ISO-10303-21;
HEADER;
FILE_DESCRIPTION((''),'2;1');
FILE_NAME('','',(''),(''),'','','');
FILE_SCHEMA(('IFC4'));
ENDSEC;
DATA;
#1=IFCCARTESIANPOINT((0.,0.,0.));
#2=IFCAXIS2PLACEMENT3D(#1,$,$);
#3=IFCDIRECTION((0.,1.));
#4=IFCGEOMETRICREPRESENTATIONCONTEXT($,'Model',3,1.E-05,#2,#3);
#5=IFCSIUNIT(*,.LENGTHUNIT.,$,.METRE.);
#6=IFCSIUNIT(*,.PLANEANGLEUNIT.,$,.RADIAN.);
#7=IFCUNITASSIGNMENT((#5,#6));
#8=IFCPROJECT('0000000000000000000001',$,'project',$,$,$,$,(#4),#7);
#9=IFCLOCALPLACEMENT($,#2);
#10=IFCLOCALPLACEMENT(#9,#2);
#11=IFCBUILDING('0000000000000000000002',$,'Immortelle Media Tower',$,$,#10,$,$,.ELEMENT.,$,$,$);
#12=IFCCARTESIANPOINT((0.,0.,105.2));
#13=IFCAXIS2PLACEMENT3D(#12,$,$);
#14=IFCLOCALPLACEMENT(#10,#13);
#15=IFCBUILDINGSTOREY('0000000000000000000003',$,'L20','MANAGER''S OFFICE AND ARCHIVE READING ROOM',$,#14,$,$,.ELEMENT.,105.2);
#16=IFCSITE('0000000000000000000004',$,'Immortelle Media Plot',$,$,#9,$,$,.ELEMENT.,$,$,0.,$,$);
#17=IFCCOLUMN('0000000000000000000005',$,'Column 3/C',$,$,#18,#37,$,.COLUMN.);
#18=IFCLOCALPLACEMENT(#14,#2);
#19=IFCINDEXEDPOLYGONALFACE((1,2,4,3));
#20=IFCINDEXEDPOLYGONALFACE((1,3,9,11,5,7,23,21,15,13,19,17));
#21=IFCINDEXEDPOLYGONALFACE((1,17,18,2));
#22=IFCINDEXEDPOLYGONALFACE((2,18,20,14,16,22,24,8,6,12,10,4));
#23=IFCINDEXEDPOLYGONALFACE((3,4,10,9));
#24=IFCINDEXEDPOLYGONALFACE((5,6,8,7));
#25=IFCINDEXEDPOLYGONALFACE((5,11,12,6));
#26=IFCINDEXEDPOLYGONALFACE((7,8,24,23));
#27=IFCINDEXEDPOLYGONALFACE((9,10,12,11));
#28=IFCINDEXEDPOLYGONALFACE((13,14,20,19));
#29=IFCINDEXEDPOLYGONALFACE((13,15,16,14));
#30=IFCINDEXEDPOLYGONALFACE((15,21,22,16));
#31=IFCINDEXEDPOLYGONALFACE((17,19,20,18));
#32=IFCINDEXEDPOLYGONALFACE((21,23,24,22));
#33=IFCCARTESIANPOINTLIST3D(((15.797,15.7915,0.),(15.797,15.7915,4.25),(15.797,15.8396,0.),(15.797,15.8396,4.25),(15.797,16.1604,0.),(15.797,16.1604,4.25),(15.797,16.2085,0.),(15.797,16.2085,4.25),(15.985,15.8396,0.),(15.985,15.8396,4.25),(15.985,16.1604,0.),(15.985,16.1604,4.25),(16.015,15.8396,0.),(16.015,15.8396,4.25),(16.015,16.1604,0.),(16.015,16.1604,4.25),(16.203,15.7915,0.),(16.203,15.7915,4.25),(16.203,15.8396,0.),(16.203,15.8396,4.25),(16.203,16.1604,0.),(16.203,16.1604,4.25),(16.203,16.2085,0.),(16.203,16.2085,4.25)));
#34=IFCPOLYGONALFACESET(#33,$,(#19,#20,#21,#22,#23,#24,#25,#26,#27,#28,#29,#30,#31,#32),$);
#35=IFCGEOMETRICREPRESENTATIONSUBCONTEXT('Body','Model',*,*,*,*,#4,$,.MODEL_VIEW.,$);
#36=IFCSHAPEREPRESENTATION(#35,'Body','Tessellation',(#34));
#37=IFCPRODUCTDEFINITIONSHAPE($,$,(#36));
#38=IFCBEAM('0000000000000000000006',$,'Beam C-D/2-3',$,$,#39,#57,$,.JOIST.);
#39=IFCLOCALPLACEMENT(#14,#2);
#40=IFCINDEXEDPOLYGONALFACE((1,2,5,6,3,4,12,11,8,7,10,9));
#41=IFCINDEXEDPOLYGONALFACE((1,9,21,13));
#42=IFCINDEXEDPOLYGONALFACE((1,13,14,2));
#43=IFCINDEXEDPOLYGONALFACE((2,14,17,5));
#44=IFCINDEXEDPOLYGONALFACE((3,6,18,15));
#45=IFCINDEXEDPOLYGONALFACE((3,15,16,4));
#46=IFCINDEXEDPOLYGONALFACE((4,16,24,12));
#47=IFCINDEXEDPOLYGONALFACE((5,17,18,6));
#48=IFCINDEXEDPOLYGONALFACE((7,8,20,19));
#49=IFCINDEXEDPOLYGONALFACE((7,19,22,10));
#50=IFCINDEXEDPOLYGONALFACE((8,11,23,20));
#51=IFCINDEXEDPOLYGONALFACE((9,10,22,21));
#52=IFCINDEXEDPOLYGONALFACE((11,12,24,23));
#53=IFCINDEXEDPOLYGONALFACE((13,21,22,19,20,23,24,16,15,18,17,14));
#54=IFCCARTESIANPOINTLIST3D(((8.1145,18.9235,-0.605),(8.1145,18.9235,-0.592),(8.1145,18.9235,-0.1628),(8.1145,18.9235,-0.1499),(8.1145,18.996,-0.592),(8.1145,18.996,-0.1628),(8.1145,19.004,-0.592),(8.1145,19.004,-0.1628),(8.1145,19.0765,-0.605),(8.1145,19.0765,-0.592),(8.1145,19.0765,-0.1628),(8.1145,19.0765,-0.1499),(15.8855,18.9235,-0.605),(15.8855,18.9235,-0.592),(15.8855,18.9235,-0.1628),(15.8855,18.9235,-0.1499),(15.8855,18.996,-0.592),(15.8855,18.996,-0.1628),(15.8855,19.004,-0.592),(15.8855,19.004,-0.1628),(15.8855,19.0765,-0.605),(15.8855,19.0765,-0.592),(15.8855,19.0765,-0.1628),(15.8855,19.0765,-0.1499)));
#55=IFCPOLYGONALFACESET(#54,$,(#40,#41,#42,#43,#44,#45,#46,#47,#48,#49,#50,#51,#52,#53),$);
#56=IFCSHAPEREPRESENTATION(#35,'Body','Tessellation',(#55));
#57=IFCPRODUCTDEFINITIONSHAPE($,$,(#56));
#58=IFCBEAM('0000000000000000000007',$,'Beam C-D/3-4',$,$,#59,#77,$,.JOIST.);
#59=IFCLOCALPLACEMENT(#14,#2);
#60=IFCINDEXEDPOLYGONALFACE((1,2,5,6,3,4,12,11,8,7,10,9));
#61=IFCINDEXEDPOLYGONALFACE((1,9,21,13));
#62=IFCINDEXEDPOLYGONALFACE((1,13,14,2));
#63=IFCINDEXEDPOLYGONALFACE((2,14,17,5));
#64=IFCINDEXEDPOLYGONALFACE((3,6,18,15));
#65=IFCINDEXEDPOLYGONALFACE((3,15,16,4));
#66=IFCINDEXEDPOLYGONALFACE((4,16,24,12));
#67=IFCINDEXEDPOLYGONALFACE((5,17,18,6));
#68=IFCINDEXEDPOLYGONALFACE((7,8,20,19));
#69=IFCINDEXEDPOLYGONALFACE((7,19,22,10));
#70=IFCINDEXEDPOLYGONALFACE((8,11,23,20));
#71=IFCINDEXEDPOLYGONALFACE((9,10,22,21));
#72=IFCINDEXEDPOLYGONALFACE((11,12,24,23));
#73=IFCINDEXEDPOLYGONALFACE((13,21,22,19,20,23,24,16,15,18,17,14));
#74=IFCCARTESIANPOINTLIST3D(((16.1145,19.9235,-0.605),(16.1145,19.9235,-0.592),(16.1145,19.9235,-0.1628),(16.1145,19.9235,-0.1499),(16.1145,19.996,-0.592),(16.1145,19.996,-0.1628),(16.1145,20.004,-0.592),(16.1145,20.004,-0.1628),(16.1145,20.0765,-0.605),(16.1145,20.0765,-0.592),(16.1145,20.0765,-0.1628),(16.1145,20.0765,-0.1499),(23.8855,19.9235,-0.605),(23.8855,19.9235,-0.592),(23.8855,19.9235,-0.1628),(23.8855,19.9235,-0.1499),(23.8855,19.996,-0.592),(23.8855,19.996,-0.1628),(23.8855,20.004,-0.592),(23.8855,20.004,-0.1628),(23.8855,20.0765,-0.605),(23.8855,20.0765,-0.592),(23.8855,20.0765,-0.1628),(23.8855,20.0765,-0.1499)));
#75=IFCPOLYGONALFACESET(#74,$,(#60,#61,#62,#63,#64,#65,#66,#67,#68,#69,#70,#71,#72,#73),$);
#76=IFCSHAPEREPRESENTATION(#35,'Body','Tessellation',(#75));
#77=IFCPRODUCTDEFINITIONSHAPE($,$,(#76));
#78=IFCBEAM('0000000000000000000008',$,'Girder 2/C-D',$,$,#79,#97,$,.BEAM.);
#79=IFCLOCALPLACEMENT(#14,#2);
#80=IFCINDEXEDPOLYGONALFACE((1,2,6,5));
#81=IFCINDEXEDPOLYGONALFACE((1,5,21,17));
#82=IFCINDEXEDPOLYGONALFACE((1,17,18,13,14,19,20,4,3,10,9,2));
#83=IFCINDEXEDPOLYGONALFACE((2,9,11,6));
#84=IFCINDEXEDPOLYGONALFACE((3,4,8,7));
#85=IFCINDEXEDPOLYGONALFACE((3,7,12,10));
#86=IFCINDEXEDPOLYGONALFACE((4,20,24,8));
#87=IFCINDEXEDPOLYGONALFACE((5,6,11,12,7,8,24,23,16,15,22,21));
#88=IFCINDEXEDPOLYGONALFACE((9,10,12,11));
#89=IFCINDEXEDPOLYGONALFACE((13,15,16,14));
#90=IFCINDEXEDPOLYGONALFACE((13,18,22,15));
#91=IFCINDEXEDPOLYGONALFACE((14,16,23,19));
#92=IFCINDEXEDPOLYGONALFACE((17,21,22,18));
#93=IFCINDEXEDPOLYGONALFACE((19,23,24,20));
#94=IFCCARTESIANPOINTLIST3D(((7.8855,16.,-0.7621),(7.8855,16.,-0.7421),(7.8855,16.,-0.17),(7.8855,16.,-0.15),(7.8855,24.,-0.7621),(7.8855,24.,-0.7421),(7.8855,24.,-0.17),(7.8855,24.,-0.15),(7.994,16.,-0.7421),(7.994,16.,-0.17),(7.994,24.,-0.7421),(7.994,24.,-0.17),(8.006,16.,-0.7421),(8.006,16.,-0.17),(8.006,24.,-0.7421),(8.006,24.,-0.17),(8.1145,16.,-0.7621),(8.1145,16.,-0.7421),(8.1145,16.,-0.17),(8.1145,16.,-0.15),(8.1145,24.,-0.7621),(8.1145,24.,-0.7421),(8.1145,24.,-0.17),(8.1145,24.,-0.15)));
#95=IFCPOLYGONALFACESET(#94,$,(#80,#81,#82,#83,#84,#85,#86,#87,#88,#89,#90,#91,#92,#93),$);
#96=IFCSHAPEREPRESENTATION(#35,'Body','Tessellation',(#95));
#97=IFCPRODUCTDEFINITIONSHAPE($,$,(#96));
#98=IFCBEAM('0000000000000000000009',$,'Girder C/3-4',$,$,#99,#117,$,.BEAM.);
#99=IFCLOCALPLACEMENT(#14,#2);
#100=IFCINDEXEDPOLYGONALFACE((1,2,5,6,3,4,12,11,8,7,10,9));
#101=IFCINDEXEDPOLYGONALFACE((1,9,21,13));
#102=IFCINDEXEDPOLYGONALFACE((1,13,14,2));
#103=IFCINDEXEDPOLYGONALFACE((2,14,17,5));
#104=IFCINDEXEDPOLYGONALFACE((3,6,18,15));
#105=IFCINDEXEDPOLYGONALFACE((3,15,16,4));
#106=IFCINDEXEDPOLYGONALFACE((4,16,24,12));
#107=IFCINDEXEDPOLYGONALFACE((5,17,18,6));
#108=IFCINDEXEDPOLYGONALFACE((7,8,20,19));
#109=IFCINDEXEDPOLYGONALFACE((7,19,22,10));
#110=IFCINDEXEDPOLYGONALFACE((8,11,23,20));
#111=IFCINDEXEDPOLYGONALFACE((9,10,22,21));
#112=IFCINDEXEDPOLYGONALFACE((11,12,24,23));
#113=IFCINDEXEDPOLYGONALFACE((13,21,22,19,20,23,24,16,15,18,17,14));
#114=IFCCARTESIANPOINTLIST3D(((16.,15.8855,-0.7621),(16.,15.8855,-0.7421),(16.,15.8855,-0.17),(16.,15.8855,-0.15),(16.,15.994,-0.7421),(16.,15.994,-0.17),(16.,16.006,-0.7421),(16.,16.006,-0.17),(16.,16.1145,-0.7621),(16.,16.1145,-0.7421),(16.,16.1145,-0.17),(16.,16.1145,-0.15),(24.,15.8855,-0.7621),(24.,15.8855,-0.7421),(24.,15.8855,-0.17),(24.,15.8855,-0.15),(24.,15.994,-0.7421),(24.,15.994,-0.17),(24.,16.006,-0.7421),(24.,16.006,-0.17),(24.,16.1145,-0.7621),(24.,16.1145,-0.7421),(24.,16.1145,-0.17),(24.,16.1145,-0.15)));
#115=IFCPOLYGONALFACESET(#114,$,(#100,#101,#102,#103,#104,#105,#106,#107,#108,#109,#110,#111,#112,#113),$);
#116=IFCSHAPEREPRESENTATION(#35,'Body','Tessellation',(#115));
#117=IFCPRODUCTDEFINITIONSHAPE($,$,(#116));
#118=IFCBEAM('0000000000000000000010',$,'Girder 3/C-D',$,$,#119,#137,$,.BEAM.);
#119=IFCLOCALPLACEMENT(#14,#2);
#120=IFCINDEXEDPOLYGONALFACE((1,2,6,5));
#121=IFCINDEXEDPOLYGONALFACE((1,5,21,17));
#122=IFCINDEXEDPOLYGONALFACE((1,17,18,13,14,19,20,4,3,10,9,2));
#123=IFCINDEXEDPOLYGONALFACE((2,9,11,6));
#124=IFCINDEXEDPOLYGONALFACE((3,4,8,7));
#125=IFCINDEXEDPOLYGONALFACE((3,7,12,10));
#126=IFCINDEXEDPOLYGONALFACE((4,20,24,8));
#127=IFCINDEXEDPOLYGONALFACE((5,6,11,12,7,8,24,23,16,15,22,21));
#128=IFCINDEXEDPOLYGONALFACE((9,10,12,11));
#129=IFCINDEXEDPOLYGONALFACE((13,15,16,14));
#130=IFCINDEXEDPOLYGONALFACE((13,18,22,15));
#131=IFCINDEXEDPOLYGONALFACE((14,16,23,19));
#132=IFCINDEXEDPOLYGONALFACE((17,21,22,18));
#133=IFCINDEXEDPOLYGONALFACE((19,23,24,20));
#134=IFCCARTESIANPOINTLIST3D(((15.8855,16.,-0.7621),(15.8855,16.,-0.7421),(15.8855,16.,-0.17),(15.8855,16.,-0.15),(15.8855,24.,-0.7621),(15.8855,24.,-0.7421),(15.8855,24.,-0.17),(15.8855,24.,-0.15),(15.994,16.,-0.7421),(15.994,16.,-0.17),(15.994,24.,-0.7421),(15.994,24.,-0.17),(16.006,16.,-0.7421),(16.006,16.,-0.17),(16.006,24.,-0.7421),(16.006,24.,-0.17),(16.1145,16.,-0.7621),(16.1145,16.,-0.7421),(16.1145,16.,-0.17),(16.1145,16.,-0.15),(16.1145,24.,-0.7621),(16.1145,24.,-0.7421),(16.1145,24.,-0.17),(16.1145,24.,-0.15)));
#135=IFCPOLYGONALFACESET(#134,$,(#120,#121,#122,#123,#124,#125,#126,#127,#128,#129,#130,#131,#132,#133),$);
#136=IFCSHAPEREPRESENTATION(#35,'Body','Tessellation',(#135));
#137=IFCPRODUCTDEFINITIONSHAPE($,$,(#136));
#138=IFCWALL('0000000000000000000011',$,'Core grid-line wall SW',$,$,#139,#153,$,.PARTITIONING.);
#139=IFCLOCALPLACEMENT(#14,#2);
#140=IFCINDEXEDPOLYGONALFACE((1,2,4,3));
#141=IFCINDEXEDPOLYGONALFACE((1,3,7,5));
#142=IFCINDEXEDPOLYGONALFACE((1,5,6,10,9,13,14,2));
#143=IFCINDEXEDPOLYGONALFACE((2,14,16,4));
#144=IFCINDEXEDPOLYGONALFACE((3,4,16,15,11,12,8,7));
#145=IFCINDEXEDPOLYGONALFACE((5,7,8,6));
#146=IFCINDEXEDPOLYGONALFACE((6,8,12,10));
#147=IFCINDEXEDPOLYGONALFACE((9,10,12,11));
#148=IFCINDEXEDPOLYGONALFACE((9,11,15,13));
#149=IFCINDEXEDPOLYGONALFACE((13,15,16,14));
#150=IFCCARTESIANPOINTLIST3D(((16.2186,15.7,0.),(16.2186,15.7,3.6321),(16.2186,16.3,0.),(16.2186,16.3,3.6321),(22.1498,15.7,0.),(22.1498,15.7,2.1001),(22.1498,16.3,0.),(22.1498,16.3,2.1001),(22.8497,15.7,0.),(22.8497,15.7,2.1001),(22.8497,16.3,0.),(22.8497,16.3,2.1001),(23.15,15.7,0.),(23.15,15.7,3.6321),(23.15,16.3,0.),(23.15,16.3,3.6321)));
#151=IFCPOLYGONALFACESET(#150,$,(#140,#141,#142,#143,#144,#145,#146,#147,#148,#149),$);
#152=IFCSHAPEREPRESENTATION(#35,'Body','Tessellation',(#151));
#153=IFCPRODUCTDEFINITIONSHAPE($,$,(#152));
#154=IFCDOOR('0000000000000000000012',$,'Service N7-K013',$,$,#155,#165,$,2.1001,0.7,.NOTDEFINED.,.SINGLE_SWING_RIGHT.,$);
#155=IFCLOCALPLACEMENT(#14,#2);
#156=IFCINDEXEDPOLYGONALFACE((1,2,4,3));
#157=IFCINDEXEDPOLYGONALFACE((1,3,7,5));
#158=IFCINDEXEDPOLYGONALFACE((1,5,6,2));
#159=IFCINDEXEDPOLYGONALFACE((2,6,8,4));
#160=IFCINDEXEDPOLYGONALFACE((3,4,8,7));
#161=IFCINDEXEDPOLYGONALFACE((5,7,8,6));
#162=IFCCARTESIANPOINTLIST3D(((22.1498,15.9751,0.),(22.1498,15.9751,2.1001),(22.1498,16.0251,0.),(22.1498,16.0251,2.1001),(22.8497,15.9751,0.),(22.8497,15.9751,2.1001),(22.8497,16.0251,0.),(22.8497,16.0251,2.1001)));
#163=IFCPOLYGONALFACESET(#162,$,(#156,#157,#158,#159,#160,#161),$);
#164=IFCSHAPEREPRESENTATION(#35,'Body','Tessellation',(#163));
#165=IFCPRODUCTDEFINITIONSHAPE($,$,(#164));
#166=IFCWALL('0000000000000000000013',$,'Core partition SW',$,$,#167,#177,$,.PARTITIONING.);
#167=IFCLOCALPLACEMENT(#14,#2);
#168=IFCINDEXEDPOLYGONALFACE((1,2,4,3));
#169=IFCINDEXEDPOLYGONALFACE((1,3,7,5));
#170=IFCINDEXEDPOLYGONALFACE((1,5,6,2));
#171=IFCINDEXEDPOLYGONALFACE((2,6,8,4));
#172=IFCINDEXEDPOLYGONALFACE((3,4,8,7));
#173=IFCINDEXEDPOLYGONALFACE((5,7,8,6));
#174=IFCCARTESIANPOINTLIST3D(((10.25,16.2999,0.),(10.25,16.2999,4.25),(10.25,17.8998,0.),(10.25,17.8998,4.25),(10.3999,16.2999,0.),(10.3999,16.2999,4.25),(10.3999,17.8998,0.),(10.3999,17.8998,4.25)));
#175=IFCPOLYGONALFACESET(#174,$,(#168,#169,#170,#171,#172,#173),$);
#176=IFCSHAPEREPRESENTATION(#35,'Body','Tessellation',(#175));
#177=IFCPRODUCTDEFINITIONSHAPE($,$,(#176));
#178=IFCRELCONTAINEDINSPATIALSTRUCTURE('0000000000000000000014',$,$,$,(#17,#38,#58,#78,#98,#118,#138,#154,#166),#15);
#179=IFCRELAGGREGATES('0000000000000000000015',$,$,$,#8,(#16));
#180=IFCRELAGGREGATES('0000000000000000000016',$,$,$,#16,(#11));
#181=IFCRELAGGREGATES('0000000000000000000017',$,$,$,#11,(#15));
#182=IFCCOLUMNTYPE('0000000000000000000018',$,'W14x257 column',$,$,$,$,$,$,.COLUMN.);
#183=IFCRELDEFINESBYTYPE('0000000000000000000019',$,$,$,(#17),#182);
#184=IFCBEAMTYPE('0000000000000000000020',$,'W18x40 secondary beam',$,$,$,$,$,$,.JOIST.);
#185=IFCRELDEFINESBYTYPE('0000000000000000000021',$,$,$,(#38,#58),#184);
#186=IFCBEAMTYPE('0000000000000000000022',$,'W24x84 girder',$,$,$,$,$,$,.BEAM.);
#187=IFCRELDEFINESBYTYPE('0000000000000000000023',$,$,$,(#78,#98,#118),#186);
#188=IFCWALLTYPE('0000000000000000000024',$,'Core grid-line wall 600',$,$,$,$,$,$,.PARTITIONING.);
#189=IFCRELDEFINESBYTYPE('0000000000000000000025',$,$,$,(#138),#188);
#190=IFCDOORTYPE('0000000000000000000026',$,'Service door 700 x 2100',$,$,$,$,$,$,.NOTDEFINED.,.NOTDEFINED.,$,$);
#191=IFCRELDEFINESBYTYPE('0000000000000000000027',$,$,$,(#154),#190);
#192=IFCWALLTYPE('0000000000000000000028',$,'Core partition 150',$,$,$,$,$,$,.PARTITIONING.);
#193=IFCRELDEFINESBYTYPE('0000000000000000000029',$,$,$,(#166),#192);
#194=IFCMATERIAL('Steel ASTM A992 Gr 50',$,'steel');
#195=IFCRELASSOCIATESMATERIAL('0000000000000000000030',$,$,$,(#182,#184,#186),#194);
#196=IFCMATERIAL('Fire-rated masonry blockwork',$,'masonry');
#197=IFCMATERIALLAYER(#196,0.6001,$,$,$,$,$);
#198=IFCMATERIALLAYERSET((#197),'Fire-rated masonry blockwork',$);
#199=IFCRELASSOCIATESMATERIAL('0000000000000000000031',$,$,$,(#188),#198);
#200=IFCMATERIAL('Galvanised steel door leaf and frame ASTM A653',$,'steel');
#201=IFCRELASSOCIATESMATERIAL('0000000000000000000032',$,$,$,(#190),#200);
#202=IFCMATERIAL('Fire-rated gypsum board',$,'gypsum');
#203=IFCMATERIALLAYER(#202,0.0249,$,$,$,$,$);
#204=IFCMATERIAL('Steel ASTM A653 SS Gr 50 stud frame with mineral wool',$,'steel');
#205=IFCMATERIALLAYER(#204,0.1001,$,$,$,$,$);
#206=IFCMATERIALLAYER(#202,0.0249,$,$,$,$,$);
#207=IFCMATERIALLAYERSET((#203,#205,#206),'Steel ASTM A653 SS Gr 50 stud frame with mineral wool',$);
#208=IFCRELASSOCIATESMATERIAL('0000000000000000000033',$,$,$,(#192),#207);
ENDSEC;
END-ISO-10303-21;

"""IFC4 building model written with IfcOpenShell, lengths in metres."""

from ifc_helpers import new_model, si_unit, direction, frame, frame_2d, origin, origin_2d, place, context, subcontext, project, spatial, rectangle, i_section, extrude, material, layer, layer_set, material_profile, profile_set, type_object, element, fill, save


model = new_model("IFC4")

# Units and contexts
model_context = context("Model", 3, precision=1e-05, world=origin(), true_north=direction((0.0, 1.0)))
body_context = subcontext(model_context, "Body", "Model", "MODEL_VIEW")
ifc_project = project(units=[si_unit("LENGTHUNIT", "METRE"), si_unit("PLANEANGLEUNIT", "RADIAN")], contexts=[model_context])

# Site, building, storey
site_placement = place(None, origin())
site = spatial("IfcSite", under=ifc_project, at=site_placement, Name="Immortelle Media Plot", CompositionType="ELEMENT", RefElevation=0.0)
building_placement = place(site_placement, origin())
building = spatial("IfcBuilding", under=site, at=building_placement, Name="Immortelle Media Tower", CompositionType="ELEMENT")
storey_placement = place(building_placement, frame((0.0, 0.0, 105.2)))
storey = spatial("IfcBuildingStorey", under=building, at=storey_placement, Name="L20", Description="MANAGER'S OFFICE AND ARCHIVE READING ROOM", CompositionType="ELEMENT", Elevation=105.2)

# Column
ifc_material_1 = material(Name="Steel ASTM A992 Gr 50", Category="steel")
ifc_material_profile_1 = material_profile(ifc_material_1, i_section(OverallWidth=0.406, OverallDepth=0.417, WebThickness=0.03, FlangeThickness=0.0481, at=origin_2d()), Name="W14x257")
ifc_profile_set_1 = profile_set([ifc_material_profile_1], Name="Steel ASTM A992 Gr 50")
column_type = type_object("IfcColumnType", Name="W14x257 column", PredefinedType="COLUMN", material=ifc_profile_set_1)
column_placement = place(storey_placement, frame((16.0, 16.0, 0.0), z_axis=(0.0, 0.0, 1.0), x_axis=(1.0, 0.0, 0.0)))
element("IfcColumn", 1, at=column_placement, inside=storey, type_object=column_type, Name="Column 3/C", PredefinedType="COLUMN", context=body_context, shape_type="SweptSolid", body=[
    extrude(i_section(OverallWidth=0.406, OverallDepth=0.417, WebThickness=0.03, FlangeThickness=0.0481, at=origin_2d()), origin(), (0.0, 0.0, 1.0), 4.25),
])

# Beams
ifc_material_profile_2 = material_profile(ifc_material_1, i_section(OverallWidth=0.1531, OverallDepth=0.4551, WebThickness=0.0081, FlangeThickness=0.0129, at=origin_2d()), Name="W18x40")
ifc_profile_set_2 = profile_set([ifc_material_profile_2], Name="Steel ASTM A992 Gr 50")
beam_type_1 = type_object("IfcBeamType", Name="W18x40 secondary beam", PredefinedType="JOIST", material=ifc_profile_set_2)
for number, where, z_axis, x_axis, name in (
    (2, (8.1145, 19.0, -0.3774), (1.0, 0.0, 0.0), (0.0, 1.0, 0.0), "Beam C-D/2-3"),
    (3, (16.1145, 20.0, -0.3774), (1.0, 0.0, 0.0), (0.0, 1.0, 0.0), "Beam C-D/3-4"),
):
    element("IfcBeam", number, at=place(storey_placement, frame(where, z_axis=z_axis, x_axis=x_axis)), inside=storey, type_object=beam_type_1, Name=name, PredefinedType="JOIST", context=body_context, shape_type="SweptSolid", body=[
        extrude(i_section(OverallWidth=0.1531, OverallDepth=0.4551, WebThickness=0.0081, FlangeThickness=0.0129, at=origin_2d()), origin(), (0.0, 0.0, 1.0), 7.771),
    ])
ifc_material_profile_3 = material_profile(ifc_material_1, i_section(OverallWidth=0.229, OverallDepth=0.6121, WebThickness=0.012, FlangeThickness=0.02, at=origin_2d()), Name="W24x84")
ifc_profile_set_3 = profile_set([ifc_material_profile_3], Name="Steel ASTM A992 Gr 50")
beam_type_2 = type_object("IfcBeamType", Name="W24x84 girder", PredefinedType="BEAM", material=ifc_profile_set_3)
for number, where, z_axis, x_axis, name in (
    (4, (8.0, 16.0, -0.4561), (0.0, 1.0, 0.0), (-1.0, 0.0, 0.0), "Girder 2/C-D"),
    (5, (16.0, 16.0, -0.4561), (1.0, 0.0, 0.0), (0.0, 1.0, 0.0), "Girder C/3-4"),
    (6, (16.0, 16.0, -0.4561), (0.0, 1.0, 0.0), (-1.0, 0.0, 0.0), "Girder 3/C-D"),
):
    element("IfcBeam", number, at=place(storey_placement, frame(where, z_axis=z_axis, x_axis=x_axis)), inside=storey, type_object=beam_type_2, Name=name, PredefinedType="BEAM", context=body_context, shape_type="SweptSolid", body=[
        extrude(i_section(OverallWidth=0.229, OverallDepth=0.6121, WebThickness=0.012, FlangeThickness=0.02, at=origin_2d()), origin(), (0.0, 0.0, 1.0), 8.0),
    ])

# Wall, opening, door
ifc_material_2 = material(Name="Fire-rated masonry blockwork", Category="masonry")
ifc_layer_1 = layer(ifc_material_2, 0.6001)
ifc_layer_set_1 = layer_set([ifc_layer_1], Name="Fire-rated masonry blockwork")
wall_type_1 = type_object("IfcWallType", Name="Core grid-line wall 600", PredefinedType="PARTITIONING", material=ifc_layer_set_1)
wall_1_placement = place(storey_placement, frame((16.2185, 16.0, 0.0), z_axis=(0.0, 0.0, 1.0), x_axis=(1.0, 0.0, 0.0)))
wall_1 = element("IfcWall", 7, at=wall_1_placement, inside=storey, type_object=wall_type_1, Name="Core grid-line wall SW", PredefinedType="PARTITIONING", context=body_context, shape_type="SweptSolid", body=[
    extrude(rectangle(XDim=6.9314, YDim=0.6001, at=frame_2d((3.4658, 0.0))), origin(), (0.0, 0.0, 1.0), 3.6321),
])
opening_1_placement = place(wall_1_placement, frame((6.6313, 0.0, 0.0), z_axis=(0.0, 0.0, 1.0), x_axis=(-1.0, 0.0, 0.0)))
opening_1 = element("IfcOpeningElement", 8, at=opening_1_placement, cuts=wall_1, PredefinedType="OPENING", context=body_context, shape_type="SweptSolid", body=[
    extrude(rectangle(XDim=0.7, YDim=2.1001, at=frame_2d((0.3501, 1.05))), frame((0.0, 0.3101, 0.0), z_axis=(0.0, -1.0, 0.0), x_axis=(1.0, 0.0, 0.0)), (0.0, 0.0, 1.0), 0.6201),
])
ifc_material_3 = material(Name="Galvanised steel door leaf and frame ASTM A653", Category="steel")
door_type_1 = type_object("IfcDoorType", Name="Service door 700 x 2100", OperationType="NOTDEFINED", PredefinedType="NOTDEFINED", material=ifc_material_3)
door_1_placement = place(opening_1_placement, origin())
door_1 = element("IfcDoor", 9, at=door_1_placement, inside=storey, type_object=door_type_1, Name="Service N7-K013", OperationType="SINGLE_SWING_RIGHT", OverallHeight=2.1001, OverallWidth=0.7, PredefinedType="NOTDEFINED", context=body_context, shape_type="SweptSolid", body=[
    extrude(rectangle(XDim=0.7, YDim=2.1001, at=frame_2d((0.3501, 1.05))), frame((0.0, 0.0249, 0.0), z_axis=(0.0, -1.0, 0.0), x_axis=(1.0, 0.0, 0.0)), (0.0, 0.0, 1.0), 0.05),
])
fill(opening_1, door_1)

# Wall
ifc_material_4 = material(Name="Fire-rated gypsum board", Category="gypsum")
ifc_layer_2 = layer(ifc_material_4, 0.0249)
ifc_material_5 = material(Name="Steel ASTM A653 SS Gr 50 stud frame with mineral wool", Category="steel")
ifc_layer_3 = layer(ifc_material_5, 0.1001)
ifc_layer_4 = layer(ifc_material_4, 0.0249)
ifc_layer_set_2 = layer_set([ifc_layer_2, ifc_layer_3, ifc_layer_4], Name="Steel ASTM A653 SS Gr 50 stud frame with mineral wool")
wall_type_2 = type_object("IfcWallType", Name="Core partition 150", PredefinedType="PARTITIONING", material=ifc_layer_set_2)
wall_2_placement = place(storey_placement, frame((10.325, 16.3, 0.0), z_axis=(0.0, 0.0, 1.0), x_axis=(0.0, 1.0, 0.0)))
element("IfcWall", 10, at=wall_2_placement, inside=storey, type_object=wall_type_2, Name="Core partition SW", PredefinedType="PARTITIONING", context=body_context, shape_type="SweptSolid", body=[
    extrude(rectangle(XDim=1.5999, YDim=0.1499, at=frame_2d((0.7998, 0.0))), origin(), (0.0, 0.0, 1.0), 4.25),
])

save(model, "model.ifc")
